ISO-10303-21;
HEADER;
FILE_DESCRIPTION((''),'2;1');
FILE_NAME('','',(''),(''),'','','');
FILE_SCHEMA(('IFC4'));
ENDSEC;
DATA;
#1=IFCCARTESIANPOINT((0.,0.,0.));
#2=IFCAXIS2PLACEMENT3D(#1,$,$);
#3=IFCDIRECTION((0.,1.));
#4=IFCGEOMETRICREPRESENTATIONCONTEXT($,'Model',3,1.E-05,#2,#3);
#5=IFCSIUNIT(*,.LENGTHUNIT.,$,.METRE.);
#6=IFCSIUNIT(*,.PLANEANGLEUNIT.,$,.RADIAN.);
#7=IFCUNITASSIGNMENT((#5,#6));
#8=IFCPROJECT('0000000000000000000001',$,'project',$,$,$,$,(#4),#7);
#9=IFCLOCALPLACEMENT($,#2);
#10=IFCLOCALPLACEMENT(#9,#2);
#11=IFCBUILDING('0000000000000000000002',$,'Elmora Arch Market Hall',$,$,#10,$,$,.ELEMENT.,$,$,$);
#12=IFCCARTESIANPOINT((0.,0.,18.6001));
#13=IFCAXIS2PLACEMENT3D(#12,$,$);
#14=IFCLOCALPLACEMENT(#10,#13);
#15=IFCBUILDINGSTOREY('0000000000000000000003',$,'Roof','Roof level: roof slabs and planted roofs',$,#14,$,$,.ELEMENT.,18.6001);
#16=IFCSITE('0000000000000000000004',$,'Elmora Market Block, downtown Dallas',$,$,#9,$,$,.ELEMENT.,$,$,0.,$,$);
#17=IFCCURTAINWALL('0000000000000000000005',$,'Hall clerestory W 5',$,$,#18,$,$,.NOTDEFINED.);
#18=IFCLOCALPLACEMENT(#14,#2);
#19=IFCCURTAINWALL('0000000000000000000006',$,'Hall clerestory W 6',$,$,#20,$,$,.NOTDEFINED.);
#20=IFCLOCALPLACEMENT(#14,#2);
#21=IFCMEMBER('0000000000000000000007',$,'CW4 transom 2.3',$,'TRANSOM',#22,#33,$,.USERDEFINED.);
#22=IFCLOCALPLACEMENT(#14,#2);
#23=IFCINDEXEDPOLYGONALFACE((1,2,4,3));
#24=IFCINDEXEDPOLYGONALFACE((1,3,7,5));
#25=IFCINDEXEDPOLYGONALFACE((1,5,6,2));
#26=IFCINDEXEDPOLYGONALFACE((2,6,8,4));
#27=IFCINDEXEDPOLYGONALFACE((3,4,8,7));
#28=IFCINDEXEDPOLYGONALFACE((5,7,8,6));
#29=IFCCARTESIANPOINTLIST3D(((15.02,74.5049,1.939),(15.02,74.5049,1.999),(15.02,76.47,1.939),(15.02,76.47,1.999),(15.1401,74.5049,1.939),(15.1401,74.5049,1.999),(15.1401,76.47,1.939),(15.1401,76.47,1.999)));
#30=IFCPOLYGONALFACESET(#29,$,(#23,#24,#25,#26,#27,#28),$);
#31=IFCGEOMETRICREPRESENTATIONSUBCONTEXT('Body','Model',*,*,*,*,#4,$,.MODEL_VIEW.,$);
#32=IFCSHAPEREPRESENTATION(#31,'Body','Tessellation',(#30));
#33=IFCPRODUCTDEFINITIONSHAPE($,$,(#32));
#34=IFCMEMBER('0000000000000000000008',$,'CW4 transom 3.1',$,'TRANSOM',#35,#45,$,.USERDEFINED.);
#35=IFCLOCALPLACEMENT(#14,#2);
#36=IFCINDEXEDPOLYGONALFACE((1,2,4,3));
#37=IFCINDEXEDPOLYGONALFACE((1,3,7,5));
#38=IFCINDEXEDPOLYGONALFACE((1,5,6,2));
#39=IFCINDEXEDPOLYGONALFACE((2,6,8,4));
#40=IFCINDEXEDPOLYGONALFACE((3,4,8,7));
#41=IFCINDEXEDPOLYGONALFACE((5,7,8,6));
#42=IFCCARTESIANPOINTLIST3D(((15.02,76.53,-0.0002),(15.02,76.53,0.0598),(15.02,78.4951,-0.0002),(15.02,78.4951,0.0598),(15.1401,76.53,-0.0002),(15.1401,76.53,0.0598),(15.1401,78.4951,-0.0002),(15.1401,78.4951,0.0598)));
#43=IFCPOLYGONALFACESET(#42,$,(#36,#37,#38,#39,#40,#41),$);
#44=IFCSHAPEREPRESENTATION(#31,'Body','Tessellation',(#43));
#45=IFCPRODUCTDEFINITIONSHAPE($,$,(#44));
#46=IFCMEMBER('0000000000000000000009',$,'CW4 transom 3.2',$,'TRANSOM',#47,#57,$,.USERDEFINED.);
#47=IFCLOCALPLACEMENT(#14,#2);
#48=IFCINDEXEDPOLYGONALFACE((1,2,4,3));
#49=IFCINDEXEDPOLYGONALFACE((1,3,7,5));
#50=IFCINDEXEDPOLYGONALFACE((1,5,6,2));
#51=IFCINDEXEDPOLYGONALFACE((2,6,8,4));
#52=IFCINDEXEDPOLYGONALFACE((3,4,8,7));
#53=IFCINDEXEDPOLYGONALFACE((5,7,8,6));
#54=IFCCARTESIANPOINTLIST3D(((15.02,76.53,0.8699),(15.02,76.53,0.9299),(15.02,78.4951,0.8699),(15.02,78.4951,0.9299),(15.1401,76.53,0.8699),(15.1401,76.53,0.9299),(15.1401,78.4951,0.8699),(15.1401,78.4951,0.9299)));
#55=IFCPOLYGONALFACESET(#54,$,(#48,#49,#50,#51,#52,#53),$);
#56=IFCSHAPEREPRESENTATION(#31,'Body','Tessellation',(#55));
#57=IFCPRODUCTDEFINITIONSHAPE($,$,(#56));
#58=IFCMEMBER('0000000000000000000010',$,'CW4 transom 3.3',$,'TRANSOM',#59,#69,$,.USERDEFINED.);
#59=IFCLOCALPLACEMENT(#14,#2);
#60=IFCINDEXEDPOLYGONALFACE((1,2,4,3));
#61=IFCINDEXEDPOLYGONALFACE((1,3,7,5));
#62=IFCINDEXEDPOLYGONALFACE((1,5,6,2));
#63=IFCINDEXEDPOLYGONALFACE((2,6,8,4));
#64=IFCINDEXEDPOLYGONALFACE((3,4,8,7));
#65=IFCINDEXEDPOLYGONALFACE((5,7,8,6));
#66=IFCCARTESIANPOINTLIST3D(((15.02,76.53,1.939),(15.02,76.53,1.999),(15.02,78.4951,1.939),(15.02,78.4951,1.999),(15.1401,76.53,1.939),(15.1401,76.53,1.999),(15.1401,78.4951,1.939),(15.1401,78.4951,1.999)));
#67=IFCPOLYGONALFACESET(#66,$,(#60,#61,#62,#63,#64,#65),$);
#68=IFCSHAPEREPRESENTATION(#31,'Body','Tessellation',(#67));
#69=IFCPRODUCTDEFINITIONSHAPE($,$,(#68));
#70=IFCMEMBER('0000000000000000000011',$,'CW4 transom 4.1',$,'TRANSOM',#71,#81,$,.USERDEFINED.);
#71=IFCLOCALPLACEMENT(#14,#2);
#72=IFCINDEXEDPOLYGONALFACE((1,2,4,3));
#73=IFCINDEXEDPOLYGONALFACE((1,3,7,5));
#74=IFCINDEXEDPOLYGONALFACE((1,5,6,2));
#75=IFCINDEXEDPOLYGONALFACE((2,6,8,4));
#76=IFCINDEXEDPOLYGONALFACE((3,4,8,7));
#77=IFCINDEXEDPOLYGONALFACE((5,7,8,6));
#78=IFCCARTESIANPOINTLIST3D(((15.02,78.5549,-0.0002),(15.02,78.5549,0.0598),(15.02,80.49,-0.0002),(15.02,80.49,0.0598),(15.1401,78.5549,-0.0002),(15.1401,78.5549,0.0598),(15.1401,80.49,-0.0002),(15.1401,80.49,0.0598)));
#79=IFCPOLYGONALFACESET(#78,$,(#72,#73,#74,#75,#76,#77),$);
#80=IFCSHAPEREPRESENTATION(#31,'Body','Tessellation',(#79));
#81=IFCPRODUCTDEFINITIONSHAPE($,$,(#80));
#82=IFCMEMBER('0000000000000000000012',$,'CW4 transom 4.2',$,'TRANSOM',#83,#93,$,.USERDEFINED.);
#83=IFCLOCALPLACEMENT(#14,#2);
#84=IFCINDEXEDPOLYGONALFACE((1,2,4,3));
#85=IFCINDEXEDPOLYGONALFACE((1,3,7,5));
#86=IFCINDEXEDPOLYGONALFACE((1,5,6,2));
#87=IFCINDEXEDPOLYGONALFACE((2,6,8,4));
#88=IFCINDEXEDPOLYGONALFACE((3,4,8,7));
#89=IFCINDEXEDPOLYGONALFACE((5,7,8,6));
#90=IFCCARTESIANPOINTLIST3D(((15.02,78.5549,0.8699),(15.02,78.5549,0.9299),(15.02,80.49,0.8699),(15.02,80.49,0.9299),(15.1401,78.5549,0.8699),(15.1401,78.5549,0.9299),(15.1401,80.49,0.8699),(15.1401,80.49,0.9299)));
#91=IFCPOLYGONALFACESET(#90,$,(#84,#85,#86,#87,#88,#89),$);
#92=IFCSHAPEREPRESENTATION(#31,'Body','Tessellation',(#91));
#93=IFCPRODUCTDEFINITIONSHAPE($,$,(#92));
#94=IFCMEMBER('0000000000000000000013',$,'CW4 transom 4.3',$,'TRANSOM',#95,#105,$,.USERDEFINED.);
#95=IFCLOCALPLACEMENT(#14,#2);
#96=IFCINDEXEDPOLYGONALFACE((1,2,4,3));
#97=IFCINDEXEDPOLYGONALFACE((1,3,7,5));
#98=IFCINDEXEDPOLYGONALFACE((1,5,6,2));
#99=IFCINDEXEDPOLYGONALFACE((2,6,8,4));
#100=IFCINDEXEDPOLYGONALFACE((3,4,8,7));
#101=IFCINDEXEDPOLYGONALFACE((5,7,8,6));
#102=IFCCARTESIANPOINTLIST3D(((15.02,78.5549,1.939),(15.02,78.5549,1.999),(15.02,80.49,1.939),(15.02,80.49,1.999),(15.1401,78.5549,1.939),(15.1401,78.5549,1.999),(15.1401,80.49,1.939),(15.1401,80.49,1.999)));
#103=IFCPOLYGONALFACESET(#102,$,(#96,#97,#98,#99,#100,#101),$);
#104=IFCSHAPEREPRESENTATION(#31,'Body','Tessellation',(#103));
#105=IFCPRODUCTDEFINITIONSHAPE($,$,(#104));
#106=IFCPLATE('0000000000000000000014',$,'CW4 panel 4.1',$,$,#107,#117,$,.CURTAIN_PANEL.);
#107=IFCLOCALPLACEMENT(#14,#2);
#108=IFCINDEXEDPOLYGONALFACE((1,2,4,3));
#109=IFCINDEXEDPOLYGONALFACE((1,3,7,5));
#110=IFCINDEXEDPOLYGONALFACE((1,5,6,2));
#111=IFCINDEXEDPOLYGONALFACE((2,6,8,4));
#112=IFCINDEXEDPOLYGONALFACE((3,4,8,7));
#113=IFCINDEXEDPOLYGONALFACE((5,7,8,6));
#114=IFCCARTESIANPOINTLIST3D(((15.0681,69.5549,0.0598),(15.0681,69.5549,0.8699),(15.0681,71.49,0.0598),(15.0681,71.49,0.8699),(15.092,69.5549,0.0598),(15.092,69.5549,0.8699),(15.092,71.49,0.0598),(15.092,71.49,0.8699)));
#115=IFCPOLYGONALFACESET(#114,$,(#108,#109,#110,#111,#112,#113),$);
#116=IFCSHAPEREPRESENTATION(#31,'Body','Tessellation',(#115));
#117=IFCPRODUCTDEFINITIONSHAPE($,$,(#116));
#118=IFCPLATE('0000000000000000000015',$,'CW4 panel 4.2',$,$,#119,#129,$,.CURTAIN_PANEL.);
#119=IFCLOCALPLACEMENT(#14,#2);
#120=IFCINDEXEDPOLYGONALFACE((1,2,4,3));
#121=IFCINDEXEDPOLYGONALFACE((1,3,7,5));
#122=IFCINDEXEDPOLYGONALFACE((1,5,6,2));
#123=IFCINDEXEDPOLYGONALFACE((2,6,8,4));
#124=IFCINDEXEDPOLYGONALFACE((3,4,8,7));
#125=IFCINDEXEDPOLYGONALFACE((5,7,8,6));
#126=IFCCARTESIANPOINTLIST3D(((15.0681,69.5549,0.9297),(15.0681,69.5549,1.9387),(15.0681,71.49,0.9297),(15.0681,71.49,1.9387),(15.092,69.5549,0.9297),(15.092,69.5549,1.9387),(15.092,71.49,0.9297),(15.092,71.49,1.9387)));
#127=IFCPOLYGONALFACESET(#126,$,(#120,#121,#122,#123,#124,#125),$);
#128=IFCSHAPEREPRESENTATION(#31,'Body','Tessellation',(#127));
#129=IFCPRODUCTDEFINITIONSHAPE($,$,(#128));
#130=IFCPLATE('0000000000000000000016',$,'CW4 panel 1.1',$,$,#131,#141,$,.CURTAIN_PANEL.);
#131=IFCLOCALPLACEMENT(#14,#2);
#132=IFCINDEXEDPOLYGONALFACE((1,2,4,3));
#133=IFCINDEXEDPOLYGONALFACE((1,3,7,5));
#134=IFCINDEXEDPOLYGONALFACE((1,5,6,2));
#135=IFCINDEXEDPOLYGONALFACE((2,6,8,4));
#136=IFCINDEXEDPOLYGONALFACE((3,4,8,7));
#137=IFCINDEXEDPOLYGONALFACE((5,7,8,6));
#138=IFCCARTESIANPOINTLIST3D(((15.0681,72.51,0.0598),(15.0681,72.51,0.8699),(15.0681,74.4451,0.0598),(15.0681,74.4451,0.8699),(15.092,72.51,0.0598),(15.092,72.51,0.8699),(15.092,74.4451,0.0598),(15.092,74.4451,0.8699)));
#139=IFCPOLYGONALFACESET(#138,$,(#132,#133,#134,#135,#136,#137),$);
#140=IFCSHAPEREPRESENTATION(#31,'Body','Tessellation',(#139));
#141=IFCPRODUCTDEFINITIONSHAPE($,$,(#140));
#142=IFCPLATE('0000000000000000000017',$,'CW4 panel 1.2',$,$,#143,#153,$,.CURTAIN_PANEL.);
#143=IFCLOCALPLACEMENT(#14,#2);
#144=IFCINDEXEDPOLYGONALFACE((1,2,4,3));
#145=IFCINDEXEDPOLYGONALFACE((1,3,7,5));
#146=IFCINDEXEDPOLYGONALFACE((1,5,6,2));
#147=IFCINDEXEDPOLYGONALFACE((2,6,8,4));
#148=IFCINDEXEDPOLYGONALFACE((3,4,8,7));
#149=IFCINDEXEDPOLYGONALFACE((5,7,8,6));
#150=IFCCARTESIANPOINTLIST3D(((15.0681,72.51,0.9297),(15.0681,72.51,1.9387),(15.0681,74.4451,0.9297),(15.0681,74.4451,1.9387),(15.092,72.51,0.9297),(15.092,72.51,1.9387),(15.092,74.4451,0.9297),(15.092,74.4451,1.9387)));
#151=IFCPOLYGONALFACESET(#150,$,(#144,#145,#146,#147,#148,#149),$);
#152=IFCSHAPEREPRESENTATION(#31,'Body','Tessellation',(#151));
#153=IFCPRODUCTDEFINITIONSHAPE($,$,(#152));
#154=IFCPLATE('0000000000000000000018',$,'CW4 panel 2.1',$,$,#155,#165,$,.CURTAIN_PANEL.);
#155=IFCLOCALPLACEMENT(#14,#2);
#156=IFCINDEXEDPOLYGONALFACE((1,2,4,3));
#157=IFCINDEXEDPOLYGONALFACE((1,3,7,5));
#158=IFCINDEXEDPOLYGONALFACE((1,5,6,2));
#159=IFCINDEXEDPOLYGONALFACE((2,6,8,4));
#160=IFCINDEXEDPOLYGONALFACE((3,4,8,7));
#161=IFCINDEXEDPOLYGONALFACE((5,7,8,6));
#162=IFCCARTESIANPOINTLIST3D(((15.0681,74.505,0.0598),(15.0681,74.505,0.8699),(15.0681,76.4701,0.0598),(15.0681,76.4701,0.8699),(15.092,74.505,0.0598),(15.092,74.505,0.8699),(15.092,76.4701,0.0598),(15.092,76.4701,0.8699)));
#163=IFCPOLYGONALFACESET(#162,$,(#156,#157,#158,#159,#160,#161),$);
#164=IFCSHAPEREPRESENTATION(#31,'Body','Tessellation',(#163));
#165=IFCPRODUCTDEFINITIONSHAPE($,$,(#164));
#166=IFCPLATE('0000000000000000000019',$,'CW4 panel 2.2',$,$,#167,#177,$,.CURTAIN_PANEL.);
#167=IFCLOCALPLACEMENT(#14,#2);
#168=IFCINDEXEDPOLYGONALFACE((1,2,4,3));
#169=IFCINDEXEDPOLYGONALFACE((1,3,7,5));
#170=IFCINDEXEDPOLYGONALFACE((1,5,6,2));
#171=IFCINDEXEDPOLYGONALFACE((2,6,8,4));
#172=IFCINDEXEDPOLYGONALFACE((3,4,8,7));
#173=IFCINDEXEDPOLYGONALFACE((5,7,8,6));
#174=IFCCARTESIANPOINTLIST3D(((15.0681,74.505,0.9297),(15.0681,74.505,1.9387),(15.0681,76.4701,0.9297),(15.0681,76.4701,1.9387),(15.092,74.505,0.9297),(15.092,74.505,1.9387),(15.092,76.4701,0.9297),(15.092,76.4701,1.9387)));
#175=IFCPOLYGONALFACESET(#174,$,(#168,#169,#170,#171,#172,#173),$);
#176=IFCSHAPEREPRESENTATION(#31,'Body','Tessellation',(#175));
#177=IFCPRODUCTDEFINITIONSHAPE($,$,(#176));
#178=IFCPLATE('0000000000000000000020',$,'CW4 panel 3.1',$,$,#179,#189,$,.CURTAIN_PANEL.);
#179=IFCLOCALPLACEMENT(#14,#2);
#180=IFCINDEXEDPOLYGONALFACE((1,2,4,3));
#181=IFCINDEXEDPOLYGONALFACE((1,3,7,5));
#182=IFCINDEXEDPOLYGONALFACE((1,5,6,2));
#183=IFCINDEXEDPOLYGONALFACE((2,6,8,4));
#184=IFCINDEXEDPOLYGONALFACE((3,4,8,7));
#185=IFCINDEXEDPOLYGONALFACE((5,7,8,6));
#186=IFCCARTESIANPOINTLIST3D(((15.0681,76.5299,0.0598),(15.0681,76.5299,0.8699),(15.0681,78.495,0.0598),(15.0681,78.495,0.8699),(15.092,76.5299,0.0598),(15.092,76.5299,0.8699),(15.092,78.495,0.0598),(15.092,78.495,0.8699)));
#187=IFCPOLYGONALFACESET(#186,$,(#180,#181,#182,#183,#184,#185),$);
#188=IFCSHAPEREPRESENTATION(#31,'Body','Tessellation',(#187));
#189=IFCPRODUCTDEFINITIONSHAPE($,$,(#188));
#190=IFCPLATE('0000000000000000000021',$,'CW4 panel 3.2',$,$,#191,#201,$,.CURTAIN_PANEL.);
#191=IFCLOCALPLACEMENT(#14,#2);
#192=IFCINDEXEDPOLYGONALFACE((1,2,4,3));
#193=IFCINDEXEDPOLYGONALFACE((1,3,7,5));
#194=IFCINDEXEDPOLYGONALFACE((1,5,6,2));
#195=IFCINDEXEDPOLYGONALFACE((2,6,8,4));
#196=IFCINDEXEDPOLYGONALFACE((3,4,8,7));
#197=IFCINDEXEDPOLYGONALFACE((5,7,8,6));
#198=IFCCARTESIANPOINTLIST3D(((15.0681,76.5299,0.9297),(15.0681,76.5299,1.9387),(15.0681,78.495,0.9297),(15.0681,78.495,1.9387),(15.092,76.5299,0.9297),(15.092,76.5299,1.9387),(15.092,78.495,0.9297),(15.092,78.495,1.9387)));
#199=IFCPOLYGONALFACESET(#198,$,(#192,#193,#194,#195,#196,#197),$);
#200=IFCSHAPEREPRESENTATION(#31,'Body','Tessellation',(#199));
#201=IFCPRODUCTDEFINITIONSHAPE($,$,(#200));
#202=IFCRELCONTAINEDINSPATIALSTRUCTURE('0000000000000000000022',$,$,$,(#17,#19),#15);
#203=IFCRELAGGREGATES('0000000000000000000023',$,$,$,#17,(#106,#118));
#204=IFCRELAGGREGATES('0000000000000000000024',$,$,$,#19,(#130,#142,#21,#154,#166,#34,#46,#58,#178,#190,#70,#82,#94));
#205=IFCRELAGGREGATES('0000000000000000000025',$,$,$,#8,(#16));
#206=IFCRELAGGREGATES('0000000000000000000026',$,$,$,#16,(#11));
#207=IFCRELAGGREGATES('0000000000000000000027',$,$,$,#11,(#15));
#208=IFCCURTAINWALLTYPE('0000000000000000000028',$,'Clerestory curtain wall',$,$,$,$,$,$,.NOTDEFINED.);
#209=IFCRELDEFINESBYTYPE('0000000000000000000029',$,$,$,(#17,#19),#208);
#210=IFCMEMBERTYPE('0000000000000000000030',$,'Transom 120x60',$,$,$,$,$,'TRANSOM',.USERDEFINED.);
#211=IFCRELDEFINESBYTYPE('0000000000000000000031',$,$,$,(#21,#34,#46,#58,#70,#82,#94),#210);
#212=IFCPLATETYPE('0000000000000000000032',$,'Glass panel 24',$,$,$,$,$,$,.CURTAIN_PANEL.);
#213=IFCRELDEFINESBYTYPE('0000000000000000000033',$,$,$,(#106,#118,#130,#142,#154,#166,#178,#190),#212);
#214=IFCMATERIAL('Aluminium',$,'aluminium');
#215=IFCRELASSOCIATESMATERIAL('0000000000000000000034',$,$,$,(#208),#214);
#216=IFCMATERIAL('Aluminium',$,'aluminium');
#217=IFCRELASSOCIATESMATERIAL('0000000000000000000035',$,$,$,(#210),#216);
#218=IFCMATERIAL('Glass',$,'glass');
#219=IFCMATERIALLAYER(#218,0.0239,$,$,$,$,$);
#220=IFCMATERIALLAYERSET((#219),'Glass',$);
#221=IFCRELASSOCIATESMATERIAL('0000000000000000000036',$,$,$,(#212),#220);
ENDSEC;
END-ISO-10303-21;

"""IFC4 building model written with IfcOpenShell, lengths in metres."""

from ifc_helpers import new_model, si_unit, direction, frame, origin, origin_2d, place, context, subcontext, project, spatial, rectangle, extrude, material, layer, layer_set, material_profile, profile_set, type_object, element, aggregate, save


model = new_model("IFC4")

# Units and contexts
model_context = context("Model", 3, precision=1e-05, world=origin(), true_north=direction((0.0, 1.0)))
body_context = subcontext(model_context, "Body", "Model", "MODEL_VIEW")
ifc_project = project(units=[si_unit("LENGTHUNIT", "METRE"), si_unit("PLANEANGLEUNIT", "RADIAN")], contexts=[model_context])

# Site, building, storey
site_placement = place(None, origin())
site = spatial("IfcSite", under=ifc_project, at=site_placement, Name="Elmora Market Block, downtown Dallas", CompositionType="ELEMENT", RefElevation=0.0)
building_placement = place(site_placement, origin())
building = spatial("IfcBuilding", under=site, at=building_placement, Name="Elmora Arch Market Hall", CompositionType="ELEMENT")
storey_placement = place(building_placement, frame((0.0, 0.0, 18.6001)))
storey = spatial("IfcBuildingStorey", under=building, at=storey_placement, Name="Roof", Description="Roof level: roof slabs and planted roofs", CompositionType="ELEMENT", Elevation=18.6001)

# Curtain wall
ifc_material_1 = material(Name="Aluminium", Category="aluminium")
curtain_wall_type = type_object("IfcCurtainWallType", Name="Clerestory curtain wall", PredefinedType="NOTDEFINED", material=ifc_material_1)
curtain_wall_1_placement = place(storey_placement, origin())
curtain_wall_1 = element("IfcCurtainWall", 1, at=curtain_wall_1_placement, inside=storey, type_object=curtain_wall_type, Name="Hall clerestory W 5", PredefinedType="NOTDEFINED")

# Curtain wall, members
curtain_wall_2_placement = place(storey_placement, origin())
curtain_wall_2 = element("IfcCurtainWall", 2, at=curtain_wall_2_placement, inside=storey, type_object=curtain_wall_type, Name="Hall clerestory W 6", PredefinedType="NOTDEFINED")
ifc_material_2 = material(Name="Aluminium", Category="aluminium")
ifc_material_profile_1 = material_profile(ifc_material_2, rectangle(XDim=0.1201, YDim=0.0601, at=origin_2d()), Name="AL 120x60")
ifc_profile_set_1 = profile_set([ifc_material_profile_1], Name="Aluminium")
member_type_1 = type_object("IfcMemberType", Name="Transom 120x60", ElementType="TRANSOM", PredefinedType="USERDEFINED", material=ifc_profile_set_1)
member_1_placement = place(storey_placement, frame((15.0801, 74.5049, 1.969), z_axis=(0.0, 1.0, 0.0), x_axis=(-1.0, 0.0, 0.0)))
member_1 = element("IfcMember", 3, at=member_1_placement, type_object=member_type_1, Name="CW4 transom 2.3", ObjectType="TRANSOM", PredefinedType="USERDEFINED", context=body_context, shape_type="SweptSolid", body=[
    extrude(rectangle(XDim=0.1201, YDim=0.0601, at=origin_2d()), origin(), (0.0, 0.0, 1.0), 1.9651),
])
member_2_placement = place(storey_placement, frame((15.0801, 76.53, 0.0298), z_axis=(0.0, 1.0, 0.0), x_axis=(-1.0, 0.0, 0.0)))
member_2 = element("IfcMember", 4, at=member_2_placement, type_object=member_type_1, Name="CW4 transom 3.1", ObjectType="TRANSOM", PredefinedType="USERDEFINED", context=body_context, shape_type="SweptSolid", body=[
    extrude(rectangle(XDim=0.1201, YDim=0.0601, at=origin_2d()), origin(), (0.0, 0.0, 1.0), 1.9651),
])
member_3_placement = place(storey_placement, frame((15.0801, 76.53, 0.8999), z_axis=(0.0, 1.0, 0.0), x_axis=(-1.0, 0.0, 0.0)))
member_3 = element("IfcMember", 5, at=member_3_placement, type_object=member_type_1, Name="CW4 transom 3.2", ObjectType="TRANSOM", PredefinedType="USERDEFINED", context=body_context, shape_type="SweptSolid", body=[
    extrude(rectangle(XDim=0.1201, YDim=0.0601, at=origin_2d()), origin(), (0.0, 0.0, 1.0), 1.9651),
])
member_4_placement = place(storey_placement, frame((15.0801, 76.53, 1.969), z_axis=(0.0, 1.0, 0.0), x_axis=(-1.0, 0.0, 0.0)))
member_4 = element("IfcMember", 6, at=member_4_placement, type_object=member_type_1, Name="CW4 transom 3.3", ObjectType="TRANSOM", PredefinedType="USERDEFINED", context=body_context, shape_type="SweptSolid", body=[
    extrude(rectangle(XDim=0.1201, YDim=0.0601, at=origin_2d()), origin(), (0.0, 0.0, 1.0), 1.9651),
])
member_5_placement = place(storey_placement, frame((15.0801, 78.5549, 0.0298), z_axis=(0.0, 1.0, 0.0), x_axis=(-1.0, 0.0, 0.0)))
member_5 = element("IfcMember", 7, at=member_5_placement, type_object=member_type_1, Name="CW4 transom 4.1", ObjectType="TRANSOM", PredefinedType="USERDEFINED", context=body_context, shape_type="SweptSolid", body=[
    extrude(rectangle(XDim=0.1201, YDim=0.0601, at=origin_2d()), origin(), (0.0, 0.0, 1.0), 1.9351),
])
member_6_placement = place(storey_placement, frame((15.0801, 78.5549, 0.8999), z_axis=(0.0, 1.0, 0.0), x_axis=(-1.0, 0.0, 0.0)))
member_6 = element("IfcMember", 8, at=member_6_placement, type_object=member_type_1, Name="CW4 transom 4.2", ObjectType="TRANSOM", PredefinedType="USERDEFINED", context=body_context, shape_type="SweptSolid", body=[
    extrude(rectangle(XDim=0.1201, YDim=0.0601, at=origin_2d()), origin(), (0.0, 0.0, 1.0), 1.9351),
])
member_7_placement = place(storey_placement, frame((15.0801, 78.5549, 1.969), z_axis=(0.0, 1.0, 0.0), x_axis=(-1.0, 0.0, 0.0)))
member_7 = element("IfcMember", 9, at=member_7_placement, type_object=member_type_1, Name="CW4 transom 4.3", ObjectType="TRANSOM", PredefinedType="USERDEFINED", context=body_context, shape_type="SweptSolid", body=[
    extrude(rectangle(XDim=0.1201, YDim=0.0601, at=origin_2d()), origin(), (0.0, 0.0, 1.0), 1.9351),
])

# Plates
ifc_material_3 = material(Name="Glass", Category="glass")
ifc_layer_1 = layer(ifc_material_3, 0.0239)
ifc_layer_set_1 = layer_set([ifc_layer_1], Name="Glass")
plate_type = type_object("IfcPlateType", Name="Glass panel 24", PredefinedType="CURTAIN_PANEL", material=ifc_layer_set_1)
plate_1_placement = place(storey_placement, frame((15.0801, 70.5225, 0.0598), z_axis=(0.0, 0.0, 1.0), x_axis=(0.0, 1.0, 0.0)))
plate_1 = element("IfcPlate", 10, at=plate_1_placement, type_object=plate_type, Name="CW4 panel 4.1", PredefinedType="CURTAIN_PANEL", context=body_context, shape_type="SweptSolid", body=[
    extrude(rectangle(XDim=1.9351, YDim=0.0239, at=origin_2d()), origin(), (0.0, 0.0, 1.0), 0.8101),
])
plate_2_placement = place(storey_placement, frame((15.0801, 70.5225, 0.9297), z_axis=(0.0, 0.0, 1.0), x_axis=(0.0, 1.0, 0.0)))
plate_2 = element("IfcPlate", 11, at=plate_2_placement, type_object=plate_type, Name="CW4 panel 4.2", PredefinedType="CURTAIN_PANEL", context=body_context, shape_type="SweptSolid", body=[
    extrude(rectangle(XDim=1.9351, YDim=0.0239, at=origin_2d()), origin(), (0.0, 0.0, 1.0), 1.009),
])
aggregate(curtain_wall_1, [plate_1, plate_2])
plate_3_placement = place(storey_placement, frame((15.0801, 73.4775, 0.0598), z_axis=(0.0, 0.0, 1.0), x_axis=(0.0, 1.0, 0.0)))
plate_3 = element("IfcPlate", 12, at=plate_3_placement, type_object=plate_type, Name="CW4 panel 1.1", PredefinedType="CURTAIN_PANEL", context=body_context, shape_type="SweptSolid", body=[
    extrude(rectangle(XDim=1.9351, YDim=0.0239, at=origin_2d()), origin(), (0.0, 0.0, 1.0), 0.8101),
])
plate_4_placement = place(storey_placement, frame((15.0801, 73.4775, 0.9297), z_axis=(0.0, 0.0, 1.0), x_axis=(0.0, 1.0, 0.0)))
plate_4 = element("IfcPlate", 13, at=plate_4_placement, type_object=plate_type, Name="CW4 panel 1.2", PredefinedType="CURTAIN_PANEL", context=body_context, shape_type="SweptSolid", body=[
    extrude(rectangle(XDim=1.9351, YDim=0.0239, at=origin_2d()), origin(), (0.0, 0.0, 1.0), 1.009),
])
plate_5_placement = place(storey_placement, frame((15.0801, 75.4875, 0.0598), z_axis=(0.0, 0.0, 1.0), x_axis=(0.0, 1.0, 0.0)))
plate_5 = element("IfcPlate", 14, at=plate_5_placement, type_object=plate_type, Name="CW4 panel 2.1", PredefinedType="CURTAIN_PANEL", context=body_context, shape_type="SweptSolid", body=[
    extrude(rectangle(XDim=1.9651, YDim=0.0239, at=origin_2d()), origin(), (0.0, 0.0, 1.0), 0.8101),
])
plate_6_placement = place(storey_placement, frame((15.0801, 75.4875, 0.9297), z_axis=(0.0, 0.0, 1.0), x_axis=(0.0, 1.0, 0.0)))
plate_6 = element("IfcPlate", 15, at=plate_6_placement, type_object=plate_type, Name="CW4 panel 2.2", PredefinedType="CURTAIN_PANEL", context=body_context, shape_type="SweptSolid", body=[
    extrude(rectangle(XDim=1.9651, YDim=0.0239, at=origin_2d()), origin(), (0.0, 0.0, 1.0), 1.009),
])
plate_7_placement = place(storey_placement, frame((15.0801, 77.5125, 0.0598), z_axis=(0.0, 0.0, 1.0), x_axis=(0.0, 1.0, 0.0)))
plate_7 = element("IfcPlate", 16, at=plate_7_placement, type_object=plate_type, Name="CW4 panel 3.1", PredefinedType="CURTAIN_PANEL", context=body_context, shape_type="SweptSolid", body=[
    extrude(rectangle(XDim=1.9651, YDim=0.0239, at=origin_2d()), origin(), (0.0, 0.0, 1.0), 0.8101),
])
plate_8_placement = place(storey_placement, frame((15.0801, 77.5125, 0.9297), z_axis=(0.0, 0.0, 1.0), x_axis=(0.0, 1.0, 0.0)))
plate_8 = element("IfcPlate", 17, at=plate_8_placement, type_object=plate_type, Name="CW4 panel 3.2", PredefinedType="CURTAIN_PANEL", context=body_context, shape_type="SweptSolid", body=[
    extrude(rectangle(XDim=1.9651, YDim=0.0239, at=origin_2d()), origin(), (0.0, 0.0, 1.0), 1.009),
])
aggregate(curtain_wall_2, [plate_3, plate_4, member_1, plate_5, plate_6, member_2, member_3, member_4, plate_7, plate_8, member_5, member_6, member_7])

save(model, "model.ifc")
